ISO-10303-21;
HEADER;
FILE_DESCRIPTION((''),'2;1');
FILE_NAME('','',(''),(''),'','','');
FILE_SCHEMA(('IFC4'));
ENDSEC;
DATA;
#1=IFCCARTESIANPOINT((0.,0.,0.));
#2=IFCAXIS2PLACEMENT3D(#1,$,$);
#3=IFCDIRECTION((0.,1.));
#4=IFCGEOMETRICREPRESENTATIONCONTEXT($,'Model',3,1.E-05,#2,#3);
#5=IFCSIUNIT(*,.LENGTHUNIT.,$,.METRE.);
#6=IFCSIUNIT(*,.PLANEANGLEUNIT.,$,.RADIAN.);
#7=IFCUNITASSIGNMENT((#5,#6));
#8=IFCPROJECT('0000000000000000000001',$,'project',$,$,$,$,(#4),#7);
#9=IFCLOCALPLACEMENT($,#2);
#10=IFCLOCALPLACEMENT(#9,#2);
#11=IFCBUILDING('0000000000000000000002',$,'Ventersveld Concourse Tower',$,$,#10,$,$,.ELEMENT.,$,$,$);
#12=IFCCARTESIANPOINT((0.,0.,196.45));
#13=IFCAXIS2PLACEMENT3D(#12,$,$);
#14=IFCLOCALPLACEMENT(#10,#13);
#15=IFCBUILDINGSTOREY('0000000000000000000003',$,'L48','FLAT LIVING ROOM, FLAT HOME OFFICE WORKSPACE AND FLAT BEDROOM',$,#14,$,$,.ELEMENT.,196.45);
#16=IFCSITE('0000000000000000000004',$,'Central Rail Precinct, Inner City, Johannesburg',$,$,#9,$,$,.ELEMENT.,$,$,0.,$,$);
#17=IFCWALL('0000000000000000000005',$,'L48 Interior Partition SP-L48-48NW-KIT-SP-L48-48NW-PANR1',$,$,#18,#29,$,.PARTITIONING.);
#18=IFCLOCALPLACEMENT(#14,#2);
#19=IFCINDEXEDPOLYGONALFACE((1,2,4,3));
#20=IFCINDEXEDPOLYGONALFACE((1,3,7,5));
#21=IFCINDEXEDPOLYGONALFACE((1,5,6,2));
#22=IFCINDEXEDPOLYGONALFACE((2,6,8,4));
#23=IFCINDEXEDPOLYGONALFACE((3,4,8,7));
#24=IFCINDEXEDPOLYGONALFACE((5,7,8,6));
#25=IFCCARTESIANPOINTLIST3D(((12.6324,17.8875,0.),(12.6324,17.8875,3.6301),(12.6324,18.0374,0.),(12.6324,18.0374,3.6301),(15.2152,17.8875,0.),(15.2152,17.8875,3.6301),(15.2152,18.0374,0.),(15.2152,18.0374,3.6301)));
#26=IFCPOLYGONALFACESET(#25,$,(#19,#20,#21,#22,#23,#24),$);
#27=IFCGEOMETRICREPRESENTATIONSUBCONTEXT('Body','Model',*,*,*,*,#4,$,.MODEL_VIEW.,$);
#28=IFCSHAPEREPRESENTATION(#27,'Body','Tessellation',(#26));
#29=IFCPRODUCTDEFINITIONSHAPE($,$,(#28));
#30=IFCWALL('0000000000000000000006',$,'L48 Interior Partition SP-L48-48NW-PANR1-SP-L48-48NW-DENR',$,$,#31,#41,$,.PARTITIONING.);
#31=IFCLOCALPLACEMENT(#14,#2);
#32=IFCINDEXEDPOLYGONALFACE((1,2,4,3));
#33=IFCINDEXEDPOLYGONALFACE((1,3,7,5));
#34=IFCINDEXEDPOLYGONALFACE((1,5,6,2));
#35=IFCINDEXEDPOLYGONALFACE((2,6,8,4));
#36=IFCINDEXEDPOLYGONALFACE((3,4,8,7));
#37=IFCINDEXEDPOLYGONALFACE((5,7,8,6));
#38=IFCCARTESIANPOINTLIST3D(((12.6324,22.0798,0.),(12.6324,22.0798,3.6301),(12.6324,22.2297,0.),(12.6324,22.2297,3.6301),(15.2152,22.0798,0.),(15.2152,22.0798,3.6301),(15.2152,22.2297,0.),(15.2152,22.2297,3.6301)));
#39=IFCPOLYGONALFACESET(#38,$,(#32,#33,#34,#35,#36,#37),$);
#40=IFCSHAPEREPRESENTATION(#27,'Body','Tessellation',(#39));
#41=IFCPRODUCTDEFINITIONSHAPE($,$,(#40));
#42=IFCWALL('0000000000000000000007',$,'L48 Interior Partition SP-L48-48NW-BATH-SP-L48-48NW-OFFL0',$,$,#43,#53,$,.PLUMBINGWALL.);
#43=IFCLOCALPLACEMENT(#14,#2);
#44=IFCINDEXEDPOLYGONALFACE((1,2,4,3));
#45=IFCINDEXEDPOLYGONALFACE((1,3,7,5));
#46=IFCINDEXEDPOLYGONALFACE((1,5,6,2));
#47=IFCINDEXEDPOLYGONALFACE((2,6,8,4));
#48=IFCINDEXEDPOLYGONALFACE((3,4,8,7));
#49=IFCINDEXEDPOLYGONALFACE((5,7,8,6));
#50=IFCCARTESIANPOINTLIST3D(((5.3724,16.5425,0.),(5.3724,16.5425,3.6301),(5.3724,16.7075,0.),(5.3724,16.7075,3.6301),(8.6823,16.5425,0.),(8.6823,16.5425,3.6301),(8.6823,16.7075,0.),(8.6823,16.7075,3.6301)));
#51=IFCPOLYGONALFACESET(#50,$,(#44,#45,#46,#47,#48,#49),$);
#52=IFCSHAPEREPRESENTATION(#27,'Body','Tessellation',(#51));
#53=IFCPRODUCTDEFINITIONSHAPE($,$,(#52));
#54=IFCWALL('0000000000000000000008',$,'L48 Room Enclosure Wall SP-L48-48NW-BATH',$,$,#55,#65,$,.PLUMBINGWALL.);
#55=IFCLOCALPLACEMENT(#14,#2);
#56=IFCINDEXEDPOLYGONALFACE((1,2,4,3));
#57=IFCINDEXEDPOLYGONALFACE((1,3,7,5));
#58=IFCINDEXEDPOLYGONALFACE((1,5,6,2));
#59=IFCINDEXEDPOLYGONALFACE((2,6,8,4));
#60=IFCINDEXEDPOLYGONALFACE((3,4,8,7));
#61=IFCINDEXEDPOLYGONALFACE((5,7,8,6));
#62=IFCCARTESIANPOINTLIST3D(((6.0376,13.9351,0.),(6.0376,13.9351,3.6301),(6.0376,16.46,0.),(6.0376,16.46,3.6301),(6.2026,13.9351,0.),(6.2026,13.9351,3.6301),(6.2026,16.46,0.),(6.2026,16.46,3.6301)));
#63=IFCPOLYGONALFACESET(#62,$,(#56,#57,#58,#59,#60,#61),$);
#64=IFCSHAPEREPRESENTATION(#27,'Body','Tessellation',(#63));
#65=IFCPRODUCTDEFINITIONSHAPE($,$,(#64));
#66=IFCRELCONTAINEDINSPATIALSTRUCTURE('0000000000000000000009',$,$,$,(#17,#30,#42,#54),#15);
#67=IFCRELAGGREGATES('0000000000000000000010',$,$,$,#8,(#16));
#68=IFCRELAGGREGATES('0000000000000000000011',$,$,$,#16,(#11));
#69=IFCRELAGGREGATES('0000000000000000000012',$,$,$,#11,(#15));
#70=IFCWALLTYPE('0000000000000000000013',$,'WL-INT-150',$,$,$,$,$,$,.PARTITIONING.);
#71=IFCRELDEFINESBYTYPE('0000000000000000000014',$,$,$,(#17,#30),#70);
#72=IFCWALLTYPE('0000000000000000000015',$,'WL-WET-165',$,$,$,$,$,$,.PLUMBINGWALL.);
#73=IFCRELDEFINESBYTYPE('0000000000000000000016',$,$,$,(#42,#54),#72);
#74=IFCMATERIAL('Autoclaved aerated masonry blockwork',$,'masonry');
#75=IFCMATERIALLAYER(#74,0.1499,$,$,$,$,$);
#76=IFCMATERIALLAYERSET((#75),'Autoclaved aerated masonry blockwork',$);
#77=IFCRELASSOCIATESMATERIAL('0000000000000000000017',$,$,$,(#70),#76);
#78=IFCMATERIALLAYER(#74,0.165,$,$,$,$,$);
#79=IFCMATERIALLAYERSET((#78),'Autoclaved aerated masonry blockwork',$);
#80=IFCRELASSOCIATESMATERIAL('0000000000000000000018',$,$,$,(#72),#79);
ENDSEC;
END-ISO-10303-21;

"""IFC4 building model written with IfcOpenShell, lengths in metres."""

from ifc_helpers import new_model, si_unit, direction, frame, frame_2d, origin, place, context, subcontext, project, spatial, rectangle, extrude, material, layer, layer_set, type_object, element, save


model = new_model("IFC4")

# Units and contexts
model_context = context("Model", 3, precision=1e-05, world=origin(), true_north=direction((0.0, 1.0)))
body_context = subcontext(model_context, "Body", "Model", "MODEL_VIEW")
ifc_project = project(units=[si_unit("LENGTHUNIT", "METRE"), si_unit("PLANEANGLEUNIT", "RADIAN")], contexts=[model_context])

# Site, building, storey
site_placement = place(None, origin())
site = spatial("IfcSite", under=ifc_project, at=site_placement, Name="Central Rail Precinct, Inner City, Johannesburg", CompositionType="ELEMENT", RefElevation=0.0)
building_placement = place(site_placement, origin())
building = spatial("IfcBuilding", under=site, at=building_placement, Name="Ventersveld Concourse Tower", CompositionType="ELEMENT")
storey_placement = place(building_placement, frame((0.0, 0.0, 196.45)))
storey = spatial("IfcBuildingStorey", under=building, at=storey_placement, Name="L48", Description="FLAT LIVING ROOM, FLAT HOME OFFICE WORKSPACE AND FLAT BEDROOM", CompositionType="ELEMENT", Elevation=196.45)

# Shared definitions
ifc_material_1 = material(Name="Autoclaved aerated masonry blockwork", Category="masonry")
ifc_layer_1 = layer(ifc_material_1, 0.1499)
ifc_layer_set_1 = layer_set([ifc_layer_1], Name="Autoclaved aerated masonry blockwork")
wall_type_1 = type_object("IfcWallType", Name="WL-INT-150", PredefinedType="PARTITIONING", material=ifc_layer_set_1)

# Walls
for number, where, z_axis, x_axis, name in (
    (1, (12.6323, 17.9624, 0.0), (0.0, 0.0, 1.0), (1.0, 0.0, 0.0), "L48 Interior Partition SP-L48-48NW-KIT-SP-L48-48NW-PANR1"),
    (2, (12.6323, 22.1548, 0.0), (0.0, 0.0, 1.0), (1.0, 0.0, 0.0), "L48 Interior Partition SP-L48-48NW-PANR1-SP-L48-48NW-DENR"),
):
    element("IfcWall", number, at=place(storey_placement, frame(where, z_axis=z_axis, x_axis=x_axis)), inside=storey, type_object=wall_type_1, Name=name, PredefinedType="PARTITIONING", context=body_context, shape_type="SweptSolid", body=[
        extrude(rectangle(XDim=2.5828, YDim=0.1499, at=frame_2d((1.2915, 0.0))), origin(), (0.0, 0.0, 1.0), 3.6301),
    ])
ifc_layer_2 = layer(ifc_material_1, 0.165)
ifc_layer_set_2 = layer_set([ifc_layer_2], Name="Autoclaved aerated masonry blockwork")
wall_type_2 = type_object("IfcWallType", Name="WL-WET-165", PredefinedType="PLUMBINGWALL", material=ifc_layer_set_2)
wall_1_placement = place(storey_placement, frame((5.3726, 16.625, 0.0), z_axis=(0.0, 0.0, 1.0), x_axis=(1.0, 0.0, 0.0)))
element("IfcWall", 3, at=wall_1_placement, inside=storey, type_object=wall_type_2, Name="L48 Interior Partition SP-L48-48NW-BATH-SP-L48-48NW-OFFL0", PredefinedType="PLUMBINGWALL", context=body_context, shape_type="SweptSolid", body=[
    extrude(rectangle(XDim=3.3098, YDim=0.165, at=frame_2d((1.6548, 0.0))), origin(), (0.0, 0.0, 1.0), 3.6301),
])
wall_2_placement = place(storey_placement, frame((6.1201, 13.9351, 0.0), z_axis=(0.0, 0.0, 1.0), x_axis=(0.0, 1.0, 0.0)))
element("IfcWall", 4, at=wall_2_placement, inside=storey, type_object=wall_type_2, Name="L48 Room Enclosure Wall SP-L48-48NW-BATH", PredefinedType="PLUMBINGWALL", context=body_context, shape_type="SweptSolid", body=[
    extrude(rectangle(XDim=2.5249, YDim=0.165, at=frame_2d((1.2625, 0.0))), origin(), (0.0, 0.0, 1.0), 3.6301),
])

save(model, "model.ifc")
